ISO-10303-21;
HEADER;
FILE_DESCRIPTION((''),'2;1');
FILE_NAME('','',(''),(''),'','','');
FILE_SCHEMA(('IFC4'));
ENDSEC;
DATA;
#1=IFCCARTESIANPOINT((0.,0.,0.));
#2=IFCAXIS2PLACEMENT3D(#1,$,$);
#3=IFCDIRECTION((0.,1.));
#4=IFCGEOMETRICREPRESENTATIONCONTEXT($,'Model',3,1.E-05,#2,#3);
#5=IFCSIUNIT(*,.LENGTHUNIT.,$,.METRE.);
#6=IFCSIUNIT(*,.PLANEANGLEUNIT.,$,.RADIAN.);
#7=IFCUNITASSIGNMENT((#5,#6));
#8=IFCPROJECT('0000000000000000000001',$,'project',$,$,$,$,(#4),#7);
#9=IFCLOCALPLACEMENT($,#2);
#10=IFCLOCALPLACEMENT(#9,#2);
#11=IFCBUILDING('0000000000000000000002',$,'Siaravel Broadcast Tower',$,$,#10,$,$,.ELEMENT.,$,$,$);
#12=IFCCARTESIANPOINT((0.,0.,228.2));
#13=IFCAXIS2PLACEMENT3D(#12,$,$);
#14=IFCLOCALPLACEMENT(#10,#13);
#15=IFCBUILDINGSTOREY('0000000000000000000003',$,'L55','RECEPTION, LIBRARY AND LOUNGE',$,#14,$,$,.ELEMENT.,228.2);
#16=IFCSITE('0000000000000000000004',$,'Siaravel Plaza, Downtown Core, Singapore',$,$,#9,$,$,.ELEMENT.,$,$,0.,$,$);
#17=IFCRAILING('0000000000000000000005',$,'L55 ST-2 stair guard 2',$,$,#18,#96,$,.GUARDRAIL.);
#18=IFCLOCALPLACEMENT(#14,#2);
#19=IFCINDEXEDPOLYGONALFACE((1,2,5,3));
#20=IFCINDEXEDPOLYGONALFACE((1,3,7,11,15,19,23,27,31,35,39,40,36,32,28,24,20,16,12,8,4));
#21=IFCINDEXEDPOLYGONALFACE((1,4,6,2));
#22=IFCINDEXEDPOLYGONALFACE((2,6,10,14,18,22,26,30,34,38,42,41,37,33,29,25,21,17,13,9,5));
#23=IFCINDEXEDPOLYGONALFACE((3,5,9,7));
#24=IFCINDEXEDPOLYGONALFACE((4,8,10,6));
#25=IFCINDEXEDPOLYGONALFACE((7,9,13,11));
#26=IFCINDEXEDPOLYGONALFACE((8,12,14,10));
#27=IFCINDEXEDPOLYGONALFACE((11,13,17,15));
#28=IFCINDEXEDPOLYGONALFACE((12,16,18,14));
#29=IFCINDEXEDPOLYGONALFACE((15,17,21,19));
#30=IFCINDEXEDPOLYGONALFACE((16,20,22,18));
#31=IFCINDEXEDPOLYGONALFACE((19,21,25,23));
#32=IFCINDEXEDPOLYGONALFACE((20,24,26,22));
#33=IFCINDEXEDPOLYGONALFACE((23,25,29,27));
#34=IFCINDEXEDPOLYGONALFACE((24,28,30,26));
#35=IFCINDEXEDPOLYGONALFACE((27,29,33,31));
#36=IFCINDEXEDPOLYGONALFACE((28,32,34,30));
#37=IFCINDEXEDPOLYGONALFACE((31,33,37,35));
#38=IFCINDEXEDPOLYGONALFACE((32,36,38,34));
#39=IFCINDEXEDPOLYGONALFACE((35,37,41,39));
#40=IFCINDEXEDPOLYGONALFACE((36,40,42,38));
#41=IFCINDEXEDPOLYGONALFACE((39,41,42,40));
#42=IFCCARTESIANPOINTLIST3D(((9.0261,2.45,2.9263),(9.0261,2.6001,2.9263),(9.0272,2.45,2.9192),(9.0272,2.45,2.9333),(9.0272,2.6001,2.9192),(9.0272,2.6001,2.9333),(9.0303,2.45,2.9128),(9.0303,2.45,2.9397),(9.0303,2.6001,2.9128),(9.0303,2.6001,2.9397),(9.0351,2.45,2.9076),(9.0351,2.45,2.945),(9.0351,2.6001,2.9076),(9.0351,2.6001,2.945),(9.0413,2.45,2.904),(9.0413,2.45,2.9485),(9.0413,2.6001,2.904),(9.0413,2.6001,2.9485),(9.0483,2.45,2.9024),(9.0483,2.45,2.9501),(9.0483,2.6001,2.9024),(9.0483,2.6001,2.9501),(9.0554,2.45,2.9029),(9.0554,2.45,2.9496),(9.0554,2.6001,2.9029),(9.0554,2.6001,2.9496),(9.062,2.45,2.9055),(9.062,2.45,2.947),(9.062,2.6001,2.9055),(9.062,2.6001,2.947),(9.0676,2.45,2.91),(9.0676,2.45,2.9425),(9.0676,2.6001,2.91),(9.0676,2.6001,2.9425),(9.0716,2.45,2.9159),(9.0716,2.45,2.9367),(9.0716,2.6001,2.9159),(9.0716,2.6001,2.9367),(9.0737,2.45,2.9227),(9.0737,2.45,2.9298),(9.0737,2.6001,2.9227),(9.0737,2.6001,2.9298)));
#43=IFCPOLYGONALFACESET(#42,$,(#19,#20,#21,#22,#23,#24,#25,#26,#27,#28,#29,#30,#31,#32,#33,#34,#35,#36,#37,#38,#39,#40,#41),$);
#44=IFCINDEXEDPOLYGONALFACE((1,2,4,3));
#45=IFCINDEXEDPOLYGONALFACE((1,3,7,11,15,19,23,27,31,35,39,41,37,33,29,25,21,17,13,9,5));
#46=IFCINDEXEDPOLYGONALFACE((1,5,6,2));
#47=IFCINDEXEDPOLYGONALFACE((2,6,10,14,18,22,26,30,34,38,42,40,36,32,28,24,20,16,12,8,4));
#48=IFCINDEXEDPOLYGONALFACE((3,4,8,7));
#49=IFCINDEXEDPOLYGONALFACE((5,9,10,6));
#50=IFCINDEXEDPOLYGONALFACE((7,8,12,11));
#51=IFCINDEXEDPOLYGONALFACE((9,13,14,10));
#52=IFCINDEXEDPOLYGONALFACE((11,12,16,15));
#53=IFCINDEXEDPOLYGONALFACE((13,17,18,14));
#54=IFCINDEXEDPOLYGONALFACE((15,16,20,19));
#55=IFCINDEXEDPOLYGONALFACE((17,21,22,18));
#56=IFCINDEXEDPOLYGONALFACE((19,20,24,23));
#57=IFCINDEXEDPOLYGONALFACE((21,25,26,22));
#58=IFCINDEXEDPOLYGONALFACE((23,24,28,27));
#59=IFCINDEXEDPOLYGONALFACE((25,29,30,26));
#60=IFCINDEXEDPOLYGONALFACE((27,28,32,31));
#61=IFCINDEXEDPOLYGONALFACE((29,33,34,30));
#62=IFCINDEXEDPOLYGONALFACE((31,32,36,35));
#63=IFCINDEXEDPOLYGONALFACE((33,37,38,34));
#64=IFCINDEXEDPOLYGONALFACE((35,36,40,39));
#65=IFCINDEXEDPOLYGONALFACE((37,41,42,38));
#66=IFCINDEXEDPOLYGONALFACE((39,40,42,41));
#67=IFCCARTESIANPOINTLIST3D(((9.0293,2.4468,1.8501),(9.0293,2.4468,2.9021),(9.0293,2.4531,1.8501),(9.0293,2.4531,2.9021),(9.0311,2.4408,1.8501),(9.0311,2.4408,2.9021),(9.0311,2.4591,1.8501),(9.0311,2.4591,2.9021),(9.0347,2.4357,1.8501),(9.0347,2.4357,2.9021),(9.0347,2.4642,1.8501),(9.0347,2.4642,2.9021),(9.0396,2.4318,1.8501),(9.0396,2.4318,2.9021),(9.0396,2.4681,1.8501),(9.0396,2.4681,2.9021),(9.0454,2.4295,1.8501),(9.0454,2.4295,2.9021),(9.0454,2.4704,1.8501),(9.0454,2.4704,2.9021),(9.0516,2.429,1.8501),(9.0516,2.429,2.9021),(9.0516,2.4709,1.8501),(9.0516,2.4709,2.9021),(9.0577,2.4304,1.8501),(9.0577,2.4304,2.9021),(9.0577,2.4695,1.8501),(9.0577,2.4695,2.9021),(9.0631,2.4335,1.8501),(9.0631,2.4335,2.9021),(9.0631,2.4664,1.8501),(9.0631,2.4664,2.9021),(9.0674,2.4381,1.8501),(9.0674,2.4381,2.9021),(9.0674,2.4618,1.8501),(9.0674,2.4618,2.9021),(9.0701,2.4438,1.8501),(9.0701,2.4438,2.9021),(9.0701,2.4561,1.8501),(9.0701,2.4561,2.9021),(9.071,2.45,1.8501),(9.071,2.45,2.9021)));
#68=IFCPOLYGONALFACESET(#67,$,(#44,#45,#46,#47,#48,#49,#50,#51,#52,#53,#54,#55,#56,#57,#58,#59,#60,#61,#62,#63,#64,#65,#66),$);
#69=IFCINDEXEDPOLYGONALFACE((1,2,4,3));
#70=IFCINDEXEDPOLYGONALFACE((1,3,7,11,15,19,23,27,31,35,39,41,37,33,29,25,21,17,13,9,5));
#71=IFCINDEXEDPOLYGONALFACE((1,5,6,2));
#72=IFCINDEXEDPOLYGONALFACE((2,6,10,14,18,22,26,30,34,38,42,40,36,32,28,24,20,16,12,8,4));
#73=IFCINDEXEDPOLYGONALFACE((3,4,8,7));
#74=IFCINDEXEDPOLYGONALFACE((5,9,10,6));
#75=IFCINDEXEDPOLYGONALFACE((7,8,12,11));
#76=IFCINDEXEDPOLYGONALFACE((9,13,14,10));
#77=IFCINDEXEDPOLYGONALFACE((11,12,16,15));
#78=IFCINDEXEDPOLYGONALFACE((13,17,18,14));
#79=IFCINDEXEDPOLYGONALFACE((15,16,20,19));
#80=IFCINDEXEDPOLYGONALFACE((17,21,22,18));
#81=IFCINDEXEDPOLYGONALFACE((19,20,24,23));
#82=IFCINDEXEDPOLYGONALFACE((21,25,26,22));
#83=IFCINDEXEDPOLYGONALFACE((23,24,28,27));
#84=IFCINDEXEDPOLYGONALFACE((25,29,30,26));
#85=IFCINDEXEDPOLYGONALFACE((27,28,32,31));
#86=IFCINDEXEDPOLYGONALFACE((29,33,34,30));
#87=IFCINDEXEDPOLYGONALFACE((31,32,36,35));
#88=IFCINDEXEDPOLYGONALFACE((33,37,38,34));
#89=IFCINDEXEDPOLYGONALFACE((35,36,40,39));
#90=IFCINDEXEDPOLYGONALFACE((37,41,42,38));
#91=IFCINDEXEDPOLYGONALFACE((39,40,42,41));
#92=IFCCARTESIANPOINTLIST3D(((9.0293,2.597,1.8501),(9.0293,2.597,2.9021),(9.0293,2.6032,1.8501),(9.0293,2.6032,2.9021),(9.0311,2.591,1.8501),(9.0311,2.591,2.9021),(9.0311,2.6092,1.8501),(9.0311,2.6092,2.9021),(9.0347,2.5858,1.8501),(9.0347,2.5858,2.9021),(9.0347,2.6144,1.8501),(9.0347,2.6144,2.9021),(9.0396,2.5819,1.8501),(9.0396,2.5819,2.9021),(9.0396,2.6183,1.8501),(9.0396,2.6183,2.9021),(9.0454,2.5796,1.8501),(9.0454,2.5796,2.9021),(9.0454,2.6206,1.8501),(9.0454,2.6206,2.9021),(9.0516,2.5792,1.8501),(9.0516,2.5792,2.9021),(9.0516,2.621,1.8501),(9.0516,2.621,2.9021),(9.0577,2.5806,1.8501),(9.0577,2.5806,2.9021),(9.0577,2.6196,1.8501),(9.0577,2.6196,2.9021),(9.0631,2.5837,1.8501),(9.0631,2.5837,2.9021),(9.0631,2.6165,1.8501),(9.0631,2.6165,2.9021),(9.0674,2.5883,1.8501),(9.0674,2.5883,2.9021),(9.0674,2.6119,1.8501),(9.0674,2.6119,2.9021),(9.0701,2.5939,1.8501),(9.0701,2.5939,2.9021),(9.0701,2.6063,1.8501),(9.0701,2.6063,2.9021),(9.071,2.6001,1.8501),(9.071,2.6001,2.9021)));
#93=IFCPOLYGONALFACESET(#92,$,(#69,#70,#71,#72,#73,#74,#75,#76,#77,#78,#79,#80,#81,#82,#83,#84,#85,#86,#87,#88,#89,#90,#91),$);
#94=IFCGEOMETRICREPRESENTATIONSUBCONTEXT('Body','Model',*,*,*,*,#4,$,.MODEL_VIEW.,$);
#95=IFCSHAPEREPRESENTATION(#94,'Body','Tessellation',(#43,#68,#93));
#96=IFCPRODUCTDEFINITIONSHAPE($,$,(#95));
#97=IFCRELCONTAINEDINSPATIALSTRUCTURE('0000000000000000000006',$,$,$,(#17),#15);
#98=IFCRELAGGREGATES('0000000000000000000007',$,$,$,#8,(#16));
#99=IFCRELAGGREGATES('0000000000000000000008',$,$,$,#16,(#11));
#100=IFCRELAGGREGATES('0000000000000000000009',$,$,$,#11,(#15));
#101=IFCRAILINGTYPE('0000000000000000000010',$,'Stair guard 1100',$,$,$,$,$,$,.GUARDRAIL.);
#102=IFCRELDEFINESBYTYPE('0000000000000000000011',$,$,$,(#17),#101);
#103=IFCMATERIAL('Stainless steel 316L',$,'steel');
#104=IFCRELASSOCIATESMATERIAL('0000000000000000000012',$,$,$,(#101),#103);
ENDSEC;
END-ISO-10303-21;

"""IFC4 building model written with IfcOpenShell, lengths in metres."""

from ifc_helpers import new_model, si_unit, direction, frame, origin, origin_2d, place, context, subcontext, project, spatial, circle, extrude, material, type_object, element, save


model = new_model("IFC4")

# Units and contexts
model_context = context("Model", 3, precision=1e-05, world=origin(), true_north=direction((0.0, 1.0)))
body_context = subcontext(model_context, "Body", "Model", "MODEL_VIEW")
ifc_project = project(units=[si_unit("LENGTHUNIT", "METRE"), si_unit("PLANEANGLEUNIT", "RADIAN")], contexts=[model_context])

# Site, building, storey
site_placement = place(None, origin())
site = spatial("IfcSite", under=ifc_project, at=site_placement, Name="Siaravel Plaza, Downtown Core, Singapore", CompositionType="ELEMENT", RefElevation=0.0)
building_placement = place(site_placement, origin())
building = spatial("IfcBuilding", under=site, at=building_placement, Name="Siaravel Broadcast Tower", CompositionType="ELEMENT")
storey_placement = place(building_placement, frame((0.0, 0.0, 228.2)))
storey = spatial("IfcBuildingStorey", under=building, at=storey_placement, Name="L55", Description="RECEPTION, LIBRARY AND LOUNGE", CompositionType="ELEMENT", Elevation=228.2)

# Railing
ifc_material_1 = material(Name="Stainless steel 316L", Category="steel")
railing_type_1 = type_object("IfcRailingType", Name="Stair guard 1100", PredefinedType="GUARDRAIL", material=ifc_material_1)
railing_1_placement = place(storey_placement, frame((9.05, 2.45, 1.8501)))
element("IfcRailing", 1, at=railing_1_placement, inside=storey, type_object=railing_type_1, Name="L55 ST-2 stair guard 2", PredefinedType="GUARDRAIL", context=body_context, shape_type="SweptSolid", body=[
    extrude(circle(Radius=0.0239, at=origin_2d()), frame((0.0, 0.0, 1.0762), z_axis=(0.0, 1.0, 0.0), x_axis=(-1.0, 0.0, 0.0)), (0.0, 0.0, 1.0), 0.1501),
    extrude(circle(Radius=0.021, at=origin_2d()), origin(), (0.0, 0.0, 1.0), 1.052),
    extrude(circle(Radius=0.021, at=origin_2d()), frame((0.0, 0.1501, 0.0)), (0.0, 0.0, 1.0), 1.052),
])

save(model, "model.ifc")
